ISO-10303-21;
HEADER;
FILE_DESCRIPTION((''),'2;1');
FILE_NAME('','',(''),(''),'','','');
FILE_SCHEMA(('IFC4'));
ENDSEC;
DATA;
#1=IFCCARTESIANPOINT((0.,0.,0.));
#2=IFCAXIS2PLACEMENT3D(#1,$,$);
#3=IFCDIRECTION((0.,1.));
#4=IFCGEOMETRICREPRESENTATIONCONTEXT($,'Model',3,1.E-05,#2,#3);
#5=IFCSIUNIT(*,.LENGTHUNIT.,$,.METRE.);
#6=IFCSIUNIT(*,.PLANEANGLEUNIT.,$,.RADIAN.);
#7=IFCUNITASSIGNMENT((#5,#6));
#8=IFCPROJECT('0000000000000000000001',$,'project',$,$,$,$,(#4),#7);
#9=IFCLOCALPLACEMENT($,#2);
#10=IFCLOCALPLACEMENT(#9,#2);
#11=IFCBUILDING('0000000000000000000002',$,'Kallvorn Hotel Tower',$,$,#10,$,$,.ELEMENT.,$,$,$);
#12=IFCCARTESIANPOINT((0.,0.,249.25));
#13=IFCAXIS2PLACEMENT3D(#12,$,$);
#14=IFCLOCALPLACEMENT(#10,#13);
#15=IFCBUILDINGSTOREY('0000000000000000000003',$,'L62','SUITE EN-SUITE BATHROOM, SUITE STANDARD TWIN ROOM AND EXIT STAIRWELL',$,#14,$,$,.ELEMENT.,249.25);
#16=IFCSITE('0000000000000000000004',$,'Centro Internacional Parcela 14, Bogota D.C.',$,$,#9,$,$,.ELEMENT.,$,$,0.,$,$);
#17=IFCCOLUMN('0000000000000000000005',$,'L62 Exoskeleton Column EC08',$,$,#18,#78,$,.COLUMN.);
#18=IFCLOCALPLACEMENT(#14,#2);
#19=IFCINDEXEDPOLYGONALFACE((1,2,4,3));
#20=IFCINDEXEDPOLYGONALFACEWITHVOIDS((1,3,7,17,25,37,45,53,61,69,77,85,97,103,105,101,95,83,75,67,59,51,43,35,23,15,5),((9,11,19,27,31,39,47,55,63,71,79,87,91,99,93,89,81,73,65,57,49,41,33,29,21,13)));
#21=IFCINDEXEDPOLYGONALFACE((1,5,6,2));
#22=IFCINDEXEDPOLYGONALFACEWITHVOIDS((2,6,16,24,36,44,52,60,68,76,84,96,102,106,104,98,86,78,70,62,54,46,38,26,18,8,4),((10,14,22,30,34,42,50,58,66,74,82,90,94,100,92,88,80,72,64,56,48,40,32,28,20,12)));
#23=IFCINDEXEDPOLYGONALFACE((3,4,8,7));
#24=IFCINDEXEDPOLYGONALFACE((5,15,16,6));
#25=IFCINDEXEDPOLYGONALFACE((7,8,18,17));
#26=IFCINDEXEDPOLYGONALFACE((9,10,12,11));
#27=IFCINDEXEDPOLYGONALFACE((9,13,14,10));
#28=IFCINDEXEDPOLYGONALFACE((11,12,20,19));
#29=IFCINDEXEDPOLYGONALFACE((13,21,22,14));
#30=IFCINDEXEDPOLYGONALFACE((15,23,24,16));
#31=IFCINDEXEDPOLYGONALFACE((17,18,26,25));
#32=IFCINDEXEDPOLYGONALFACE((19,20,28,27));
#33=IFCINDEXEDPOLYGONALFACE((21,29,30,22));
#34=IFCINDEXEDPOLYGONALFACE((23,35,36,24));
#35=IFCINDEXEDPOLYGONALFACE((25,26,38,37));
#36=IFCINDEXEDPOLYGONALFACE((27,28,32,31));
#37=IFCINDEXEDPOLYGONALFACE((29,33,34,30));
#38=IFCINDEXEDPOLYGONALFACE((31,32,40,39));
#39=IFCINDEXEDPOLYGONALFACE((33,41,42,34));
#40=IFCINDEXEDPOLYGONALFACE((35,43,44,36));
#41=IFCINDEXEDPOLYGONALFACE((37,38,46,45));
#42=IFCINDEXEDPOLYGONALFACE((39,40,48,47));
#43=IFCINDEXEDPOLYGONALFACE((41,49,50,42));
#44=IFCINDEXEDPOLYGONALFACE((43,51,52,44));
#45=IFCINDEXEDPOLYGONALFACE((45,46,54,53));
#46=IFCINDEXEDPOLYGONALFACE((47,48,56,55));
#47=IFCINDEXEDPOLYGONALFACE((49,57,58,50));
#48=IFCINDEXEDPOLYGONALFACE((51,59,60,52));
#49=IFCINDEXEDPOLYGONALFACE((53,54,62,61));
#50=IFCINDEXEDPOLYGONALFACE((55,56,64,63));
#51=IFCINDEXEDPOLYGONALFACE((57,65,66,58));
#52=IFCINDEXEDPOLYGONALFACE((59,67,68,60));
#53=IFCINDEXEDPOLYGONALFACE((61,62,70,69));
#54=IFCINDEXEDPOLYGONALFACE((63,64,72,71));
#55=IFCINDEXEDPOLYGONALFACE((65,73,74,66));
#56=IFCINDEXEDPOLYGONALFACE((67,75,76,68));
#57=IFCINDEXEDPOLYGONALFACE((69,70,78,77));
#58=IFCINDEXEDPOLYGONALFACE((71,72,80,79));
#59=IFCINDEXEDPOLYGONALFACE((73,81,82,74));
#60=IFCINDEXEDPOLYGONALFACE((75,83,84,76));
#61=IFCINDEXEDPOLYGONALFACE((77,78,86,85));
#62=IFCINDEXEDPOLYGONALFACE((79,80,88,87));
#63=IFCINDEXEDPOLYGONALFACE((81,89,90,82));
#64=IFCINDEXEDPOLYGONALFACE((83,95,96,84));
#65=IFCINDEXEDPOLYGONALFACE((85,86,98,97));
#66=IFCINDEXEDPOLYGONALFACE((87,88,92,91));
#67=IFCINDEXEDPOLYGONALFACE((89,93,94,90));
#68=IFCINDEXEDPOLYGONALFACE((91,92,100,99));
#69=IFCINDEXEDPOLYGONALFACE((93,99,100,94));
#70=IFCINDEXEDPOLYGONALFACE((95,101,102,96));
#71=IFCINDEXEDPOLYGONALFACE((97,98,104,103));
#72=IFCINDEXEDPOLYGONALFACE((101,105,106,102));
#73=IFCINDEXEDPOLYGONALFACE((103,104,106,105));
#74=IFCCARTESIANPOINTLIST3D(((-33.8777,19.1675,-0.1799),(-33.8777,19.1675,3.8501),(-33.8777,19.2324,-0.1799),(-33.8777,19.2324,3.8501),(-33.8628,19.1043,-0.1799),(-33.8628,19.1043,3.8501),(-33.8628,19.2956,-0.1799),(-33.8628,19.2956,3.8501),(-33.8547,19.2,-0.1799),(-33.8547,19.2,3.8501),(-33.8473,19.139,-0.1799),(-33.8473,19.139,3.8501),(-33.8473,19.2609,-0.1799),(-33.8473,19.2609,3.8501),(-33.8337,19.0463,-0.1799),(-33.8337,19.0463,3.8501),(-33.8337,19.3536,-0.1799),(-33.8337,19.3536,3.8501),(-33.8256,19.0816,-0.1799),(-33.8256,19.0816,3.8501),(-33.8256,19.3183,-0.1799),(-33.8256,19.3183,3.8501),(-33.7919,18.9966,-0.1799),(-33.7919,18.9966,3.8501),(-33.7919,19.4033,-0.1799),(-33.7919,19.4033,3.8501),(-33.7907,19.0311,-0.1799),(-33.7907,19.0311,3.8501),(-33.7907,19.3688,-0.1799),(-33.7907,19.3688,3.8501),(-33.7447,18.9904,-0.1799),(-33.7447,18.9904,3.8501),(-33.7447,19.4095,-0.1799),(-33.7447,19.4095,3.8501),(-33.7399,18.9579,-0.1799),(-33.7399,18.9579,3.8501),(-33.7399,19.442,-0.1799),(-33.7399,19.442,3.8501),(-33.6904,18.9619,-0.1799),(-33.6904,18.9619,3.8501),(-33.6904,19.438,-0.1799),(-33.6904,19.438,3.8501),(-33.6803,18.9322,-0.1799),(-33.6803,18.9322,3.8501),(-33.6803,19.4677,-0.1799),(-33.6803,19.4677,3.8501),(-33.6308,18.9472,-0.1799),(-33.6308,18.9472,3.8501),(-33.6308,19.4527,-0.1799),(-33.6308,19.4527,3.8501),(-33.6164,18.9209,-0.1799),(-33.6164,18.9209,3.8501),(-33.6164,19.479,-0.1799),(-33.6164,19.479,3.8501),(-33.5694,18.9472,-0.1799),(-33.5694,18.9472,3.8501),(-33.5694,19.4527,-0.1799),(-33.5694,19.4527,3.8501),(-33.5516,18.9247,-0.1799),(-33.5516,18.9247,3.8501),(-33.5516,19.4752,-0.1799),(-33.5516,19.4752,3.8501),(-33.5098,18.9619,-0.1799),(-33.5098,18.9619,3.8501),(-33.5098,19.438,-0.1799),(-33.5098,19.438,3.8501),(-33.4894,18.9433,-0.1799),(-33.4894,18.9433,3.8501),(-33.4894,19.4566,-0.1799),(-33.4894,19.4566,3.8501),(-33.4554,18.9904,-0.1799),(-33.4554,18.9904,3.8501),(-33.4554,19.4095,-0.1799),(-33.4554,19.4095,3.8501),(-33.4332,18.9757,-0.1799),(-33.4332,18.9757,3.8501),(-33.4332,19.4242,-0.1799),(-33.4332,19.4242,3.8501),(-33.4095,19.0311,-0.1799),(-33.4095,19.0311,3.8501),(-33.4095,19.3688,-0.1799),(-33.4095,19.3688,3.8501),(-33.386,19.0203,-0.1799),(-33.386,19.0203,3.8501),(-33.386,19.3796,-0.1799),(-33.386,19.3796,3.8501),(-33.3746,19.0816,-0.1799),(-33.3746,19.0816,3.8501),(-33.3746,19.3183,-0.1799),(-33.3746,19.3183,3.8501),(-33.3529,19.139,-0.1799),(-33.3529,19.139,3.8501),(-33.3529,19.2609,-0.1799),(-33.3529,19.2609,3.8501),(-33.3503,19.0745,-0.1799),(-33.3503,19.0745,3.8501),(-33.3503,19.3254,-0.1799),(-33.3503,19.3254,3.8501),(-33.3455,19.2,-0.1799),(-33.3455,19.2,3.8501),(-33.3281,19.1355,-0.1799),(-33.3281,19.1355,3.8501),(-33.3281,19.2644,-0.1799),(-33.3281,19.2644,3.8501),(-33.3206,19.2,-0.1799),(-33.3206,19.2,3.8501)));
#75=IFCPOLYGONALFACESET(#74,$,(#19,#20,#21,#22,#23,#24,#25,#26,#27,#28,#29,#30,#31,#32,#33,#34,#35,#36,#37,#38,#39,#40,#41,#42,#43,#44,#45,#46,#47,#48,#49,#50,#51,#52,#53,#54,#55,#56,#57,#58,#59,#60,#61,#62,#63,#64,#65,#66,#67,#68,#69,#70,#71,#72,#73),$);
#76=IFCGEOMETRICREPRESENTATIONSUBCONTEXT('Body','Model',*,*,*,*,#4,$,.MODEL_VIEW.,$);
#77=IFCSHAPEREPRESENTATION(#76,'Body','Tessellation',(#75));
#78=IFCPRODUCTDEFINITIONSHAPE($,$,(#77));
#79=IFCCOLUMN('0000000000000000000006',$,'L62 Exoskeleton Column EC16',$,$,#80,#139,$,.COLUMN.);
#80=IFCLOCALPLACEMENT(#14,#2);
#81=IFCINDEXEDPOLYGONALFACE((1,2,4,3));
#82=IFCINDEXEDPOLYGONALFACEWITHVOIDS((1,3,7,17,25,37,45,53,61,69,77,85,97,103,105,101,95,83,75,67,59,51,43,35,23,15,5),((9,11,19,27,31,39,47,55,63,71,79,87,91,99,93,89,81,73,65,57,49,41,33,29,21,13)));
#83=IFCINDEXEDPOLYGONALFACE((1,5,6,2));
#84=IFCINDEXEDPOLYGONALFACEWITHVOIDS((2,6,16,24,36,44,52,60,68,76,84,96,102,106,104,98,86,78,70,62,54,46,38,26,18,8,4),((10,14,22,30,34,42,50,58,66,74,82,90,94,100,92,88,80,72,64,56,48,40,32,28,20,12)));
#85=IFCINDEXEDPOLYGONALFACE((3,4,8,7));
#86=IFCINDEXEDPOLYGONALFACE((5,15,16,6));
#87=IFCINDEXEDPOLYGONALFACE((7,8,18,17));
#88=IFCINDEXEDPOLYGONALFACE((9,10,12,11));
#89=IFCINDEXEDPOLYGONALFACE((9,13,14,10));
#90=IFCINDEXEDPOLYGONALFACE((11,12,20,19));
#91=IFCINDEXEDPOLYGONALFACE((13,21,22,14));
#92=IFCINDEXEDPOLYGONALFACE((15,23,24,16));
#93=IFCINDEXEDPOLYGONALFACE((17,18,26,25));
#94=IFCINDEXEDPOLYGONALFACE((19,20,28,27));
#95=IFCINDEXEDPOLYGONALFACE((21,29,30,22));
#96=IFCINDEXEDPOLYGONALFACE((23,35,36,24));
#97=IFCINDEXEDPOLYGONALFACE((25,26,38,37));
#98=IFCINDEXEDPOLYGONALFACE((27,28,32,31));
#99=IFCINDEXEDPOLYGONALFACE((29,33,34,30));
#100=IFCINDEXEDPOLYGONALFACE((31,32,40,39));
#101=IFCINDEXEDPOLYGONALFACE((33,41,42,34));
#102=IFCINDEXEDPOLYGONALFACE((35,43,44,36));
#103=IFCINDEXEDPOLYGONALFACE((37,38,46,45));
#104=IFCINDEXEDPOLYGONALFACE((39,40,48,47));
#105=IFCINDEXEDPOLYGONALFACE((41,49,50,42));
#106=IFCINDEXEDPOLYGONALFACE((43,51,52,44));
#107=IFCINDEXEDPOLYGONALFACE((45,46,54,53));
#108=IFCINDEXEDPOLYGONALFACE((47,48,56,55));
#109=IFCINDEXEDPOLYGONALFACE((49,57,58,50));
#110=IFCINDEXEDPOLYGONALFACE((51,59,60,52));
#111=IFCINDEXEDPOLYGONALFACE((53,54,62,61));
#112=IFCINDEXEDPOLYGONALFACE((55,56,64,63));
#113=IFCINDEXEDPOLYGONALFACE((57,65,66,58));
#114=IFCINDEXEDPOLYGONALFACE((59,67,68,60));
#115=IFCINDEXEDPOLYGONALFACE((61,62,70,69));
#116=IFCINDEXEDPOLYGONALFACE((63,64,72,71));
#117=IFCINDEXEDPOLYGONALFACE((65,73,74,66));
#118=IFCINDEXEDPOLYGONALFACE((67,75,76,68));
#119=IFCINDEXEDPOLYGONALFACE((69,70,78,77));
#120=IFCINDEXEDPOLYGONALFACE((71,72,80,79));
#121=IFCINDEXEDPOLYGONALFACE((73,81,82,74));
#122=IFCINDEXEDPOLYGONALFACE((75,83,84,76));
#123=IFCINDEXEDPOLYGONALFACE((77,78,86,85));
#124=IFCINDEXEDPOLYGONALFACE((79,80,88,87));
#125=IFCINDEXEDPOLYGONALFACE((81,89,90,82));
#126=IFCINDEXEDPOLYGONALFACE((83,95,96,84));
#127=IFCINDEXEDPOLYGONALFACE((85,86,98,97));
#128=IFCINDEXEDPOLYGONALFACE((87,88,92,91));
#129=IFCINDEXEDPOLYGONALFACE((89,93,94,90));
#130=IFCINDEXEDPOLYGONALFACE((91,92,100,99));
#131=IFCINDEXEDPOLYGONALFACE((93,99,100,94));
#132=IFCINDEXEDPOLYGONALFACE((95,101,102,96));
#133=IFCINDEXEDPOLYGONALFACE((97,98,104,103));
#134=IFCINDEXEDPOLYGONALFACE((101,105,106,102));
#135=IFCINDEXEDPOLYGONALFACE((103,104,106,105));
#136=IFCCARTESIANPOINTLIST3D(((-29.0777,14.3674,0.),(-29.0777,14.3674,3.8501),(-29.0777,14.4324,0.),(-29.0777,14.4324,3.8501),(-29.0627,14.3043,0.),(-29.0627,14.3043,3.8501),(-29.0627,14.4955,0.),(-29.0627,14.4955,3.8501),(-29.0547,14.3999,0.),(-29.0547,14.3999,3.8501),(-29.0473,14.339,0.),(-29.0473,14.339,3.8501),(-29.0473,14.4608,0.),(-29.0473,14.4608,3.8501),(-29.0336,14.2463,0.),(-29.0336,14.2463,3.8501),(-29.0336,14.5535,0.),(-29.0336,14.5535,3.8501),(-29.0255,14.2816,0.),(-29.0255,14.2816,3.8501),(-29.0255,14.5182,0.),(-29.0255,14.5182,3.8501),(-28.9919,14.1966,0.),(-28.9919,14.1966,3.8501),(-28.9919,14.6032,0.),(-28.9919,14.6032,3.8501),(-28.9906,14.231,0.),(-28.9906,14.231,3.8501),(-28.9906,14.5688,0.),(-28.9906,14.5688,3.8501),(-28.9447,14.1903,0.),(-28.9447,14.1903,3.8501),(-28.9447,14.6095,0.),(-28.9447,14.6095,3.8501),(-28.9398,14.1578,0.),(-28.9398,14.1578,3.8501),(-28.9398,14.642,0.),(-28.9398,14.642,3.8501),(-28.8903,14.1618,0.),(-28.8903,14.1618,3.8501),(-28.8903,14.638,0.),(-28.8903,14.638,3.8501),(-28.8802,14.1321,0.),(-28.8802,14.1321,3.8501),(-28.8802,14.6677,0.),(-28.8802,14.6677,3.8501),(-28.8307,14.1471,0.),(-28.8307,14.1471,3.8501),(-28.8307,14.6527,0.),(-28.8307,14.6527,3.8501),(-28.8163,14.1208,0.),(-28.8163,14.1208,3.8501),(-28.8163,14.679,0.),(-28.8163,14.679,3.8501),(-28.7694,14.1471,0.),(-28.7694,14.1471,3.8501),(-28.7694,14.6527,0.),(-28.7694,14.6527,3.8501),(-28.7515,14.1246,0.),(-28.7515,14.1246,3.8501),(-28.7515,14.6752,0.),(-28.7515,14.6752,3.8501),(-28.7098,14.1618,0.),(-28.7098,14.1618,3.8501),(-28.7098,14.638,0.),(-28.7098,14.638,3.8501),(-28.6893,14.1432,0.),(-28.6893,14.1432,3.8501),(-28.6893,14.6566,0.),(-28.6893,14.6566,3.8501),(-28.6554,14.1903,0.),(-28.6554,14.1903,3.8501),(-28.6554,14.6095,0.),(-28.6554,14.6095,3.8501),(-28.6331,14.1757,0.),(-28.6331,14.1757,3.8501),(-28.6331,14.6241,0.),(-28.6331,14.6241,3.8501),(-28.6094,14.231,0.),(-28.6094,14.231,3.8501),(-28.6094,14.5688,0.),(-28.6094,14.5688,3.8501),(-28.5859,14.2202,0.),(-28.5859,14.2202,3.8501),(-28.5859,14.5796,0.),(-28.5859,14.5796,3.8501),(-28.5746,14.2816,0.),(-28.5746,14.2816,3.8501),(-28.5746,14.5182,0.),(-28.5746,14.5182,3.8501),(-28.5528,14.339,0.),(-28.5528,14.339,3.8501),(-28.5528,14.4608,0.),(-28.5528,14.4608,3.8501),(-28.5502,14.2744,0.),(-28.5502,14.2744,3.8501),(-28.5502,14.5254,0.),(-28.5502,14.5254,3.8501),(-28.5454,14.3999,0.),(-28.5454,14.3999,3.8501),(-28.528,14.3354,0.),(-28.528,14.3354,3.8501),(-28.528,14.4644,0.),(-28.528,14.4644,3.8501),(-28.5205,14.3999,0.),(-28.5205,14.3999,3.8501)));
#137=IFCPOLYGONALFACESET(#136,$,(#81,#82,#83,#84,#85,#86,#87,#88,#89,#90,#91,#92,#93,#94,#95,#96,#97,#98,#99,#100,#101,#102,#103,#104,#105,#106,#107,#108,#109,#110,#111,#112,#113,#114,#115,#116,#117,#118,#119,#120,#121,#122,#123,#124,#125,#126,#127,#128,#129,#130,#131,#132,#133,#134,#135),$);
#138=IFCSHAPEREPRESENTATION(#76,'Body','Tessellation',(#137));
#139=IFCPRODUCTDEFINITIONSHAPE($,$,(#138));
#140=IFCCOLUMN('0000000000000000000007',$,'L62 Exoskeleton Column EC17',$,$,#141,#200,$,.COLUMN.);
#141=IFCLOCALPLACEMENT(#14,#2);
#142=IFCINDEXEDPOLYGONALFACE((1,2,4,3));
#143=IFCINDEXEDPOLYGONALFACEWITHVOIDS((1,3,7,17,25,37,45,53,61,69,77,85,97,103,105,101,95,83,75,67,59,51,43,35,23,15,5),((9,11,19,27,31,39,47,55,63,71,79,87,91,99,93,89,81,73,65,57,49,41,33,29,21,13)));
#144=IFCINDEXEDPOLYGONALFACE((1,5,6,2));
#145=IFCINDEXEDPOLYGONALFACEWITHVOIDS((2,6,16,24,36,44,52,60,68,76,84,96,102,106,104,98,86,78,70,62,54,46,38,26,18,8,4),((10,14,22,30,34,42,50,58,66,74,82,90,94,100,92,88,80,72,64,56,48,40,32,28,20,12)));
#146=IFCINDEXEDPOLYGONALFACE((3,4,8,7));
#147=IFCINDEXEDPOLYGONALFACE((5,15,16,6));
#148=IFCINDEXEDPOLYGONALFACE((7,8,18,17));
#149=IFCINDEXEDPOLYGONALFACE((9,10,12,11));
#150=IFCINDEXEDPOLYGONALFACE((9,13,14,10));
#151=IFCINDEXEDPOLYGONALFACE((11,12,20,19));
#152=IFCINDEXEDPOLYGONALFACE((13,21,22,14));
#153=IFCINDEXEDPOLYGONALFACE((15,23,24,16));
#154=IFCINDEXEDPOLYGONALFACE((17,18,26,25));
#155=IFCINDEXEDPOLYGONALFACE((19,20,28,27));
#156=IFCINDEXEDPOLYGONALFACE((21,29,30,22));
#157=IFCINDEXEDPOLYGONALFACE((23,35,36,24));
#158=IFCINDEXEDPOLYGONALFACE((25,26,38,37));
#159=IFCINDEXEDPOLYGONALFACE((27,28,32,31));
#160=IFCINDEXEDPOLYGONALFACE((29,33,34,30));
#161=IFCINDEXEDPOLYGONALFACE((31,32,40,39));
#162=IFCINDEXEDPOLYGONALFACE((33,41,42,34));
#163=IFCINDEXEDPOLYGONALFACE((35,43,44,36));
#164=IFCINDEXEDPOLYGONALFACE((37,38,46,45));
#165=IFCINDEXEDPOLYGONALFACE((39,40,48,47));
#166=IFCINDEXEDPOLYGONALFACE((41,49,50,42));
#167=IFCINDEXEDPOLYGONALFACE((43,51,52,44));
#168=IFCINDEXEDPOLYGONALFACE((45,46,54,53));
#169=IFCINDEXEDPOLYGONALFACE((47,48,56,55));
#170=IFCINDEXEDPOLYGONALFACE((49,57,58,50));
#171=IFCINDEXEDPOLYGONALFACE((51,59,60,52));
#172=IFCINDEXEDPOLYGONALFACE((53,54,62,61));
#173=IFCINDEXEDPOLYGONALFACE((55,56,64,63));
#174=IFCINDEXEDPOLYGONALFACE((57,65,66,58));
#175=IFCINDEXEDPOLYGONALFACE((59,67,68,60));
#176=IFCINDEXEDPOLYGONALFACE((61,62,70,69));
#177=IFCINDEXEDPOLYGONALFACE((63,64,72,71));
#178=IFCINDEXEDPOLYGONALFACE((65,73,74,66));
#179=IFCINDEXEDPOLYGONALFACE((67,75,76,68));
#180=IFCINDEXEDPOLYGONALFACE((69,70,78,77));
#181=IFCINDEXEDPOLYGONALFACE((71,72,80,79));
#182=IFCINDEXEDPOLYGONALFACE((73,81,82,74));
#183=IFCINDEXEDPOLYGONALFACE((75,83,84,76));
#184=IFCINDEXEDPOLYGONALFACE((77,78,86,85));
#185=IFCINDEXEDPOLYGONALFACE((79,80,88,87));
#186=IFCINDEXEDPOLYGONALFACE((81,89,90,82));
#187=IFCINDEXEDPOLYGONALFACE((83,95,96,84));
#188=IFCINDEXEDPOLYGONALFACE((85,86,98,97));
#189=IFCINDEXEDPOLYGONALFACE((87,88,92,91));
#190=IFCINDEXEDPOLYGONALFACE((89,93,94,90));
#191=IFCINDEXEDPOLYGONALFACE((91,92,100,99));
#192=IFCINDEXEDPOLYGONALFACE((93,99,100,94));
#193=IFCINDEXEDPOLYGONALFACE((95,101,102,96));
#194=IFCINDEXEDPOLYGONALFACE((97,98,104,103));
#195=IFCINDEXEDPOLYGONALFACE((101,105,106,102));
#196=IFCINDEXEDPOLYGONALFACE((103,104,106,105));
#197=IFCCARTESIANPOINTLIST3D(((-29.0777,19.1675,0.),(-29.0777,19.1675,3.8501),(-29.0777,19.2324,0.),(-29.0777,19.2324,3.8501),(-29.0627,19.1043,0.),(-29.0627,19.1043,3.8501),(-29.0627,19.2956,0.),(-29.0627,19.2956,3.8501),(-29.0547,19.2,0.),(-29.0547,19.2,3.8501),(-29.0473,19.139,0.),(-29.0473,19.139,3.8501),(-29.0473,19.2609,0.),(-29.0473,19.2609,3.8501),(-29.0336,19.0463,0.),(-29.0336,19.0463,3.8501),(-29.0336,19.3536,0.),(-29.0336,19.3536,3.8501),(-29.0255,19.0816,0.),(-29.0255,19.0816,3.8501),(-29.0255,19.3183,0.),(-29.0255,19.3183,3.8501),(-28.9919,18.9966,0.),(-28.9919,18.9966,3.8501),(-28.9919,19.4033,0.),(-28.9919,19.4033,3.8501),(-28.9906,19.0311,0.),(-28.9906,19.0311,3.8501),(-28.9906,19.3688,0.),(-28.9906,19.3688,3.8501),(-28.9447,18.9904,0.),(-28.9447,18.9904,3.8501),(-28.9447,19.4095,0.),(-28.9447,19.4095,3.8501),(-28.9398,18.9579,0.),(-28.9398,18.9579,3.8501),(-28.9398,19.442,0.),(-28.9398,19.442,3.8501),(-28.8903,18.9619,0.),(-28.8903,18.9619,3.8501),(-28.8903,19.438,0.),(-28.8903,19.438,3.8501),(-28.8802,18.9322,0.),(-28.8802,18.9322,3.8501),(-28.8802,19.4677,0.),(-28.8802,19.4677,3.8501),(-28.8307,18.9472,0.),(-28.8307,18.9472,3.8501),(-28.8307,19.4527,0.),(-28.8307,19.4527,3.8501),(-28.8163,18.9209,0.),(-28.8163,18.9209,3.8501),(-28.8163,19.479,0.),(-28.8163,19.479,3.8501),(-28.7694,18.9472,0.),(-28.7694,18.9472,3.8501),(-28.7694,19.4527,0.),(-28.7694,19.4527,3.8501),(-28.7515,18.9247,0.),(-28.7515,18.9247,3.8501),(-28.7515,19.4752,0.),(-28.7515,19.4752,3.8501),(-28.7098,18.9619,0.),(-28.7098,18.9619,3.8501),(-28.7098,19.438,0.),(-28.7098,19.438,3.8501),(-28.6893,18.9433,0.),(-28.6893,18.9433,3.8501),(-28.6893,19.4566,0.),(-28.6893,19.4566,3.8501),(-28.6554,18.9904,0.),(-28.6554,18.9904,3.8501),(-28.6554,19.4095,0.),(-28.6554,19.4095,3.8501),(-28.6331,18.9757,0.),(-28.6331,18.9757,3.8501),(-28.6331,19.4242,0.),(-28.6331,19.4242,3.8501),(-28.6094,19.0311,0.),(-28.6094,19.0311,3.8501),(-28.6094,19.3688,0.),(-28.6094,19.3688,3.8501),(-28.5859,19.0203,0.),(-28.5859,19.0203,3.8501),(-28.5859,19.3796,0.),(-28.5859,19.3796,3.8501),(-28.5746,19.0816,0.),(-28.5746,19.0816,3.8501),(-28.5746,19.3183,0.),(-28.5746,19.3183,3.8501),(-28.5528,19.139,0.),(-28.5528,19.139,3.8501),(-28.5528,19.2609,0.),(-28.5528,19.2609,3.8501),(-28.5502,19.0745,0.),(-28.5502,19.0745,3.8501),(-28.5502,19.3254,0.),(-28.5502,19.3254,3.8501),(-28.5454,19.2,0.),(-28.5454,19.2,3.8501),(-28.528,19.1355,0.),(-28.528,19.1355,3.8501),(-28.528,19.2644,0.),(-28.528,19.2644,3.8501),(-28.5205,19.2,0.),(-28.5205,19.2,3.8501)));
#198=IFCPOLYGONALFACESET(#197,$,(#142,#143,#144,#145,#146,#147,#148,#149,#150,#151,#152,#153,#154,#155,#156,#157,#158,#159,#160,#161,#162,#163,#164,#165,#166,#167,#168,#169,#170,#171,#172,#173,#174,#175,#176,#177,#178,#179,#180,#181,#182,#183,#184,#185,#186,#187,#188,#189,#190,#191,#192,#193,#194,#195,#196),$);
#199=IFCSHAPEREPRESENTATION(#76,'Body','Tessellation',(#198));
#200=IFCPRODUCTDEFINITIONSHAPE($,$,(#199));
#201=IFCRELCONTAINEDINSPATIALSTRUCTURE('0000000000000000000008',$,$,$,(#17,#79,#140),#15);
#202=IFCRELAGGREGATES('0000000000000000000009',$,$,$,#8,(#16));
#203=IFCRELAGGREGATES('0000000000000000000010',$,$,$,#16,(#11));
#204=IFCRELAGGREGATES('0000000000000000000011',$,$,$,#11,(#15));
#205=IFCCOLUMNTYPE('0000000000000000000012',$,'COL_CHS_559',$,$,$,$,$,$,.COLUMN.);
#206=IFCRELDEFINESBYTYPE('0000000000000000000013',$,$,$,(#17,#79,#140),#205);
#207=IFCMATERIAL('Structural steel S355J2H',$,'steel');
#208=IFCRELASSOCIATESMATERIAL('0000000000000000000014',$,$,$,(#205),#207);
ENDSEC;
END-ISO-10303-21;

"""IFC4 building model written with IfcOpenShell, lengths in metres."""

from ifc_helpers import new_model, si_unit, direction, frame, origin, origin_2d, place, context, subcontext, project, spatial, hollow_circle, extrude, material, material_profile, profile_set, type_object, element, save


model = new_model("IFC4")

# Units and contexts
model_context = context("Model", 3, precision=1e-05, world=origin(), true_north=direction((0.0, 1.0)))
body_context = subcontext(model_context, "Body", "Model", "MODEL_VIEW")
ifc_project = project(units=[si_unit("LENGTHUNIT", "METRE"), si_unit("PLANEANGLEUNIT", "RADIAN")], contexts=[model_context])

# Site, building, storey
site_placement = place(None, origin())
site = spatial("IfcSite", under=ifc_project, at=site_placement, Name="Centro Internacional Parcela 14, Bogota D.C.", CompositionType="ELEMENT", RefElevation=0.0)
building_placement = place(site_placement, origin())
building = spatial("IfcBuilding", under=site, at=building_placement, Name="Kallvorn Hotel Tower", CompositionType="ELEMENT")
storey_placement = place(building_placement, frame((0.0, 0.0, 249.25)))
storey = spatial("IfcBuildingStorey", under=building, at=storey_placement, Name="L62", Description="SUITE EN-SUITE BATHROOM, SUITE STANDARD TWIN ROOM AND EXIT STAIRWELL", CompositionType="ELEMENT", Elevation=249.25)

# Columns
ifc_material_1 = material(Name="Structural steel S355J2H", Category="steel")
ifc_material_profile_1 = material_profile(ifc_material_1, hollow_circle(Radius=0.2795, WallThickness=0.0249, at=origin_2d()), Name="CHS 559x25")
ifc_profile_set_1 = profile_set([ifc_material_profile_1], Name="Structural steel S355J2H")
column_type_1 = type_object("IfcColumnType", Name="COL_CHS_559", PredefinedType="COLUMN", material=ifc_profile_set_1)
column_1_placement = place(storey_placement, frame((-33.6001, 19.2, -0.1799), z_axis=(0.0, 0.0, 1.0), x_axis=(1.0, 0.0, 0.0)))
element("IfcColumn", 1, at=column_1_placement, inside=storey, type_object=column_type_1, Name="L62 Exoskeleton Column EC08", PredefinedType="COLUMN", context=body_context, shape_type="SweptSolid", body=[
    extrude(hollow_circle(Radius=0.2795, WallThickness=0.0249, at=origin_2d()), origin(), (0.0, 0.0, 1.0), 4.03),
])
for number, where, z_axis, x_axis, name in (
    (2, (-28.8, 14.3999, 0.0), (0.0, 0.0, 1.0), (1.0, 0.0, 0.0), "L62 Exoskeleton Column EC16"),
    (3, (-28.8, 19.2, 0.0), (0.0, 0.0, 1.0), (1.0, 0.0, 0.0), "L62 Exoskeleton Column EC17"),
):
    element("IfcColumn", number, at=place(storey_placement, frame(where, z_axis=z_axis, x_axis=x_axis)), inside=storey, type_object=column_type_1, Name=name, PredefinedType="COLUMN", context=body_context, shape_type="SweptSolid", body=[
        extrude(hollow_circle(Radius=0.2795, WallThickness=0.0249, at=origin_2d()), origin(), (0.0, 0.0, 1.0), 3.8501),
    ])

save(model, "model.ifc")
